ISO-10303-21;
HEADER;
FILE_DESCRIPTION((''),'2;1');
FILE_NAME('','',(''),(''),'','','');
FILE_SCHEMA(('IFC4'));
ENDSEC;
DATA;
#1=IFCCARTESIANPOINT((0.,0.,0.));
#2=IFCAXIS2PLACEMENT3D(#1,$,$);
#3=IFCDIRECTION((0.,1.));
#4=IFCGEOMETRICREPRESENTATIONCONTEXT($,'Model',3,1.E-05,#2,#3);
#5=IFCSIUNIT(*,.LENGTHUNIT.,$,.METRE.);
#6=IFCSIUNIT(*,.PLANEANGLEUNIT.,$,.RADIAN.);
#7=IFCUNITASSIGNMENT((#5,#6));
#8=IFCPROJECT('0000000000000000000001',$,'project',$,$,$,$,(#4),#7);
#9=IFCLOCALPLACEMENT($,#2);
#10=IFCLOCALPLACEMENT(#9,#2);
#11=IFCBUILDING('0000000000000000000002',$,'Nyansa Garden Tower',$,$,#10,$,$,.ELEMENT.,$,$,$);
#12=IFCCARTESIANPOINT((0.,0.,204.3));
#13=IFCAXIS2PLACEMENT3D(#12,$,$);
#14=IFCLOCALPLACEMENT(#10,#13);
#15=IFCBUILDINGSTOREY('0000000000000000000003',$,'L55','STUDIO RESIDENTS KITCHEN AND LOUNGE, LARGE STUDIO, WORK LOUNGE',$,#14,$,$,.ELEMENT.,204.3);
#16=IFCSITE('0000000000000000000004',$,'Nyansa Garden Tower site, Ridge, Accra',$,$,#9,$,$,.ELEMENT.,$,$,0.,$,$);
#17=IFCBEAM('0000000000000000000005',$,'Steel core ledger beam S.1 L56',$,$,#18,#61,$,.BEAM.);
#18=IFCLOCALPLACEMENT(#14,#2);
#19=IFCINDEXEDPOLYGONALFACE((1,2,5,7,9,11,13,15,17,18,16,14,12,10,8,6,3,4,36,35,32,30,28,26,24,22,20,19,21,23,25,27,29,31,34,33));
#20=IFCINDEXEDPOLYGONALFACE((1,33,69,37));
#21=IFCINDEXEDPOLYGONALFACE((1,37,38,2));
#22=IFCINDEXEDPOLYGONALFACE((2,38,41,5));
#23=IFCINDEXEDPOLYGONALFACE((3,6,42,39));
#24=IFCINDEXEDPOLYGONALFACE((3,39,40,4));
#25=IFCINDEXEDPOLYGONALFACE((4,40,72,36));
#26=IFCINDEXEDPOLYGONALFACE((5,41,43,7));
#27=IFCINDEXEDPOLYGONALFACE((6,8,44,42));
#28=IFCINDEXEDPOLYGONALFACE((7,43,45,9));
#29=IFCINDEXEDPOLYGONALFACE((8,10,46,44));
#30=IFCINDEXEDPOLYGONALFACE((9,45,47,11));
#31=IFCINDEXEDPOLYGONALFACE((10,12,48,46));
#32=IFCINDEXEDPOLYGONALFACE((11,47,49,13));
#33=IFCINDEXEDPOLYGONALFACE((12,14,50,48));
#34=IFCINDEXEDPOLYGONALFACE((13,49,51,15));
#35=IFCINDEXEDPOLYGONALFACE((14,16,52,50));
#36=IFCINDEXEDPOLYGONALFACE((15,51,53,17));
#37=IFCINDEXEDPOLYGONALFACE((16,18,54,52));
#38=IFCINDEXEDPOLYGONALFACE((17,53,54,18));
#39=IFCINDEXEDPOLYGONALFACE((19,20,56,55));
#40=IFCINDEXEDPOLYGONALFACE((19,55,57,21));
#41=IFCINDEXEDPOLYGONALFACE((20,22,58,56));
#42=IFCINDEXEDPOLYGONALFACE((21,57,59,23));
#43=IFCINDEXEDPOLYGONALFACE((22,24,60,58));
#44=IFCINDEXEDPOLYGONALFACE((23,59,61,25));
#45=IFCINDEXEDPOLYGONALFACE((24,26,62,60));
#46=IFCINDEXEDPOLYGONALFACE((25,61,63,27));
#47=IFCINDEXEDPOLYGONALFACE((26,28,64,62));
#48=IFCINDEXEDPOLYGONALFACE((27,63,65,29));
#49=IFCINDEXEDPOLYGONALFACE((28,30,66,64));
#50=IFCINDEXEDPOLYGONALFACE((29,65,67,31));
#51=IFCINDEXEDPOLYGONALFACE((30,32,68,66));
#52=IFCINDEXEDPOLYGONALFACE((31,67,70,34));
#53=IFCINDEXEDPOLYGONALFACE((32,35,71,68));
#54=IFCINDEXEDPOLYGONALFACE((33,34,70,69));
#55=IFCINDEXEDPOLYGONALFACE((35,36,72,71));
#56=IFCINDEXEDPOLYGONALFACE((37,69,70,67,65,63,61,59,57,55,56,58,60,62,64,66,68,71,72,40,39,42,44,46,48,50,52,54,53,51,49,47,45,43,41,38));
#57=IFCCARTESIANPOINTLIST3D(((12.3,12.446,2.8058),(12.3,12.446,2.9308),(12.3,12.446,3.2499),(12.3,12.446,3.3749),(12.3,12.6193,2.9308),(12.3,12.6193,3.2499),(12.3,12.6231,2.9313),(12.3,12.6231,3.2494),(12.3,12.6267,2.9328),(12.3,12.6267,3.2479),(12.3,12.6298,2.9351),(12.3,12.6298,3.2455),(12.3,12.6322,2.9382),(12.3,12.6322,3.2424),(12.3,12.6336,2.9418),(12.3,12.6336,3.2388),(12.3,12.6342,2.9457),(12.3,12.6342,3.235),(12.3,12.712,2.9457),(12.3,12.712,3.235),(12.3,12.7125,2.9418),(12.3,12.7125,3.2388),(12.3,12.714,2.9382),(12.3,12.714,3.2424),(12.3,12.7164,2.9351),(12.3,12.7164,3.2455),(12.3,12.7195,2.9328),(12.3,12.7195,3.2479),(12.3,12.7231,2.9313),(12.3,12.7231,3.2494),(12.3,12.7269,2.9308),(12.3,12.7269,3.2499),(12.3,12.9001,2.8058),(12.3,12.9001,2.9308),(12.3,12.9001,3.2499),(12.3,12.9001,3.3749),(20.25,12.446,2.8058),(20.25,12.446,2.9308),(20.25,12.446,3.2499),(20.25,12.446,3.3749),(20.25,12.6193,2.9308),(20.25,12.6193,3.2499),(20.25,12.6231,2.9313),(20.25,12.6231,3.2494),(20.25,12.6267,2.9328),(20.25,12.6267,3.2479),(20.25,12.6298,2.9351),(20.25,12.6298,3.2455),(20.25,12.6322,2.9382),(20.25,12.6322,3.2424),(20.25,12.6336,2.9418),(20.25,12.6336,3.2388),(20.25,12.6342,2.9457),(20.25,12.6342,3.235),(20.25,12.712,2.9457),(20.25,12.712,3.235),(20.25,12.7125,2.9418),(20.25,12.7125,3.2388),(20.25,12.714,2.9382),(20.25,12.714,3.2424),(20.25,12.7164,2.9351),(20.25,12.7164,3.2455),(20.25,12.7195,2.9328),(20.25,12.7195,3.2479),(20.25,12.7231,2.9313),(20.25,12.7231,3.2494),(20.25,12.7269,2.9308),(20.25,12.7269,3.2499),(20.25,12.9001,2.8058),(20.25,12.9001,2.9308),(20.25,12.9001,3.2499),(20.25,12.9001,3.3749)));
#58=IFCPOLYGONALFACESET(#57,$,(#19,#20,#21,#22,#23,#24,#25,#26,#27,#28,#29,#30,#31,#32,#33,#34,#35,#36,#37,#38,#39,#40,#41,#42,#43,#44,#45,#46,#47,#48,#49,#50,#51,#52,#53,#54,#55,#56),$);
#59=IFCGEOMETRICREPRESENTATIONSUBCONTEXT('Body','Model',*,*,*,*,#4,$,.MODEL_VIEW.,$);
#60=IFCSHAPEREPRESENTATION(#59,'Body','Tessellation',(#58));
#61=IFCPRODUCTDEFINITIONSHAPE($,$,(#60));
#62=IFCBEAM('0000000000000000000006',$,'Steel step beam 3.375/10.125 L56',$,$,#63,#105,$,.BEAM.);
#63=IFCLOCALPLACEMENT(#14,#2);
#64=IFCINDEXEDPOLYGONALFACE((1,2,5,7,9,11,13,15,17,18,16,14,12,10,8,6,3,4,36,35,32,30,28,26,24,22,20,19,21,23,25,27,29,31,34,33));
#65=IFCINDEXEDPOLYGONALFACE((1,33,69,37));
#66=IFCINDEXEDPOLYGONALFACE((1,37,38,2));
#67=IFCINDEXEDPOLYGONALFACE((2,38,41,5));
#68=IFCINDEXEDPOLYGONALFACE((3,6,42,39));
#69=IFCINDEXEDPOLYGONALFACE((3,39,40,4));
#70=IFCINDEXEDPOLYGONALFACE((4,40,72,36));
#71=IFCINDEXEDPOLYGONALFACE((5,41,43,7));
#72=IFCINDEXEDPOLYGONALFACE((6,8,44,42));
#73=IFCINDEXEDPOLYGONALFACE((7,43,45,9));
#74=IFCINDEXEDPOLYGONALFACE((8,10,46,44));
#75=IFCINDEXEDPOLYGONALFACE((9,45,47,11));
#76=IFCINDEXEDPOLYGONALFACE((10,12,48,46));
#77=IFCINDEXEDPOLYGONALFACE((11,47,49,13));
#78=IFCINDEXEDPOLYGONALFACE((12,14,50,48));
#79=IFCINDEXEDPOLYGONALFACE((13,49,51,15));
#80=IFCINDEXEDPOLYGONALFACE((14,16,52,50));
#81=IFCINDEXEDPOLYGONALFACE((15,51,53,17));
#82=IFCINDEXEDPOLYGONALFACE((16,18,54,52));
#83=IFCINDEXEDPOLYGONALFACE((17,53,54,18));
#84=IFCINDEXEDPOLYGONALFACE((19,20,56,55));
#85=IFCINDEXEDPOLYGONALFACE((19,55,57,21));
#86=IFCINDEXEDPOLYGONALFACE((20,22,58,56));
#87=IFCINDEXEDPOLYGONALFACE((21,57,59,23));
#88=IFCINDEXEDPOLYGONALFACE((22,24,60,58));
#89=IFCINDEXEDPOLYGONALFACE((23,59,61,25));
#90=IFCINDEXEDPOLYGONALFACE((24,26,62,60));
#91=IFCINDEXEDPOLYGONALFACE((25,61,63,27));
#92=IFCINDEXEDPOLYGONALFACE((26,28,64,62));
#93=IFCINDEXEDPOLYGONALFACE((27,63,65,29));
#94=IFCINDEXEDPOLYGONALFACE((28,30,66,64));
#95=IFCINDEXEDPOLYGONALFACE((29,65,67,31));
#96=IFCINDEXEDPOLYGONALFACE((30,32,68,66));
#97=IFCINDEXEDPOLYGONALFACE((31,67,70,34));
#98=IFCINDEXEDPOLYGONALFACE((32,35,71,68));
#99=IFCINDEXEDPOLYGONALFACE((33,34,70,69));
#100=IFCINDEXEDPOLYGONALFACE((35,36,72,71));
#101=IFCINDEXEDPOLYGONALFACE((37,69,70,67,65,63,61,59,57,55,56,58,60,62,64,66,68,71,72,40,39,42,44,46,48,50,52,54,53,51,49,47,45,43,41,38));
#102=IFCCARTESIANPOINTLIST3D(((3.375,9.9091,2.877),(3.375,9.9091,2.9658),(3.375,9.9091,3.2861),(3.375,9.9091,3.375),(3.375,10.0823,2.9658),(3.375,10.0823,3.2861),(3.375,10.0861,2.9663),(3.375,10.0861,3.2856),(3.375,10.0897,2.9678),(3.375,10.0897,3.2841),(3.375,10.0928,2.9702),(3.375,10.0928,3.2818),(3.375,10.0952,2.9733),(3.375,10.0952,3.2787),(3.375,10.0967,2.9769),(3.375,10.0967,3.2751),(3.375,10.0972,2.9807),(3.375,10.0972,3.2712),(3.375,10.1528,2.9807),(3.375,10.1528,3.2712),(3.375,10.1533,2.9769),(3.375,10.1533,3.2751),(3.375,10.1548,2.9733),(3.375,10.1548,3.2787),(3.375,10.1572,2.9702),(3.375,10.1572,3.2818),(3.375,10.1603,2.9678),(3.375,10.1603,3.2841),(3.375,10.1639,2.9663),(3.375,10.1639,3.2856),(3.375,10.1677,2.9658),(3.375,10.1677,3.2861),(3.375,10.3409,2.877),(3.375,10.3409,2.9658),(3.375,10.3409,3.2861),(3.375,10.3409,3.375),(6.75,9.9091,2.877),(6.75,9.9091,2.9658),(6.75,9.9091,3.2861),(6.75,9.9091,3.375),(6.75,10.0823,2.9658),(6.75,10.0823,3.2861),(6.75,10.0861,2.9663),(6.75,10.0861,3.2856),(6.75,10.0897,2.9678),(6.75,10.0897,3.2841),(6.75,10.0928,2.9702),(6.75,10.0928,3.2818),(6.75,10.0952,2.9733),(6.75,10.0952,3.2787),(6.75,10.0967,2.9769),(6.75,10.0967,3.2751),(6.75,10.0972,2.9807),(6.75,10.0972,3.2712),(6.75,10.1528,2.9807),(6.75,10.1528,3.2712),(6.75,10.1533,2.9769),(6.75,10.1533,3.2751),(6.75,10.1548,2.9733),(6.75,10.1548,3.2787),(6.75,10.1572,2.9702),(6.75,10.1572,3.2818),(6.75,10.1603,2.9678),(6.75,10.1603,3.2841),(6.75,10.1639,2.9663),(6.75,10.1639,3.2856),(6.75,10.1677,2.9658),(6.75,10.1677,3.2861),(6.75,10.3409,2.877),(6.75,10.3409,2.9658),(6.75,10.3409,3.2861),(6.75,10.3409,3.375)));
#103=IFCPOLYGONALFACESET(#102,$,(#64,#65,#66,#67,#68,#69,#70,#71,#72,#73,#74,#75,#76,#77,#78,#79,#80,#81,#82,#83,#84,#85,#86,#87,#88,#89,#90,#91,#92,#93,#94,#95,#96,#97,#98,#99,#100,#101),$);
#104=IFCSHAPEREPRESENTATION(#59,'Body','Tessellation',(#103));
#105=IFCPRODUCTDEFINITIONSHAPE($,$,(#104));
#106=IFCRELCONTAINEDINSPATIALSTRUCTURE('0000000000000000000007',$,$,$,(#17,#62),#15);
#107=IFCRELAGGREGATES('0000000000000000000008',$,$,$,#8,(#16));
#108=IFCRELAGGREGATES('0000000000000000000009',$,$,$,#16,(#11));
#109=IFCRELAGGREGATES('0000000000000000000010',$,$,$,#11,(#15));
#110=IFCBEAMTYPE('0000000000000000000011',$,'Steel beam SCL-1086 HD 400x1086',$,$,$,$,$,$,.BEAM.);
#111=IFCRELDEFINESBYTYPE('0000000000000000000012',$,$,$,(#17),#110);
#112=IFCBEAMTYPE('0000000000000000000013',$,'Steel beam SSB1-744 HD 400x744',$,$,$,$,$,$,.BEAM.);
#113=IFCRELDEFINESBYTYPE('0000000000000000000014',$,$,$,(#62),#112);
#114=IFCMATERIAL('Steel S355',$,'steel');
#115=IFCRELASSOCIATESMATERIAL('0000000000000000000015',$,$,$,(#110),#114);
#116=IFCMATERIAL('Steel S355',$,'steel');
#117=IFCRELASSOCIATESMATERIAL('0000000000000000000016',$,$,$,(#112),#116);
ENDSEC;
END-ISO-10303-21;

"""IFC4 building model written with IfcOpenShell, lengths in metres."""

from ifc_helpers import new_model, si_unit, direction, frame, origin, origin_2d, place, context, subcontext, project, spatial, i_section, extrude, material, material_profile, profile_set, type_object, element, save


model = new_model("IFC4")

# Units and contexts
model_context = context("Model", 3, precision=1e-05, world=origin(), true_north=direction((0.0, 1.0)))
body_context = subcontext(model_context, "Body", "Model", "MODEL_VIEW")
ifc_project = project(units=[si_unit("LENGTHUNIT", "METRE"), si_unit("PLANEANGLEUNIT", "RADIAN")], contexts=[model_context])

# Site, building, storey
site_placement = place(None, origin())
site = spatial("IfcSite", under=ifc_project, at=site_placement, Name="Nyansa Garden Tower site, Ridge, Accra", CompositionType="ELEMENT", RefElevation=0.0)
building_placement = place(site_placement, origin())
building = spatial("IfcBuilding", under=site, at=building_placement, Name="Nyansa Garden Tower", CompositionType="ELEMENT")
storey_placement = place(building_placement, frame((0.0, 0.0, 204.3)))
storey = spatial("IfcBuildingStorey", under=building, at=storey_placement, Name="L55", Description="STUDIO RESIDENTS KITCHEN AND LOUNGE, LARGE STUDIO, WORK LOUNGE", CompositionType="ELEMENT", Elevation=204.3)

# Beams
ifc_material_1 = material(Name="Steel S355", Category="steel")
ifc_material_profile_1 = material_profile(ifc_material_1, i_section(OverallWidth=0.4541, OverallDepth=0.5691, WebThickness=0.0779, FlangeThickness=0.125, FilletRadius=0.0149, at=origin_2d()), Name="HD 400x1086")
ifc_profile_set_1 = profile_set([ifc_material_profile_1], Name="Steel S355")
beam_type_1 = type_object("IfcBeamType", Name="Steel beam SCL-1086 HD 400x1086", PredefinedType="BEAM", material=ifc_profile_set_1)
beam_1_placement = place(storey_placement, frame((12.3, 12.6731, 3.0903), z_axis=(1.0, 0.0, 0.0), x_axis=(0.0, 1.0, 0.0)))
element("IfcBeam", 1, at=beam_1_placement, inside=storey, type_object=beam_type_1, Name="Steel core ledger beam S.1 L56", PredefinedType="BEAM", context=body_context, shape_type="SweptSolid", body=[
    extrude(i_section(OverallWidth=0.4541, OverallDepth=0.5691, WebThickness=0.0779, FlangeThickness=0.125, FilletRadius=0.0149, at=origin_2d()), origin(), (0.0, 0.0, 1.0), 7.95),
])
ifc_material_2 = material(Name="Steel S355", Category="steel")
ifc_material_profile_2 = material_profile(ifc_material_2, i_section(OverallWidth=0.4319, OverallDepth=0.498, WebThickness=0.0557, FlangeThickness=0.0889, FilletRadius=0.0149, at=origin_2d()), Name="HD 400x744")
ifc_profile_set_2 = profile_set([ifc_material_profile_2], Name="Steel S355")
beam_type_2 = type_object("IfcBeamType", Name="Steel beam SSB1-744 HD 400x744", PredefinedType="BEAM", material=ifc_profile_set_2)
beam_2_placement = place(storey_placement, frame((3.375, 10.125, 3.126), z_axis=(1.0, 0.0, 0.0), x_axis=(0.0, 1.0, 0.0)))
element("IfcBeam", 2, at=beam_2_placement, inside=storey, type_object=beam_type_2, Name="Steel step beam 3.375/10.125 L56", PredefinedType="BEAM", context=body_context, shape_type="SweptSolid", body=[
    extrude(i_section(OverallWidth=0.4319, OverallDepth=0.498, WebThickness=0.0557, FlangeThickness=0.0889, FilletRadius=0.0149, at=origin_2d()), origin(), (0.0, 0.0, 1.0), 3.375),
])

save(model, "model.ifc")
